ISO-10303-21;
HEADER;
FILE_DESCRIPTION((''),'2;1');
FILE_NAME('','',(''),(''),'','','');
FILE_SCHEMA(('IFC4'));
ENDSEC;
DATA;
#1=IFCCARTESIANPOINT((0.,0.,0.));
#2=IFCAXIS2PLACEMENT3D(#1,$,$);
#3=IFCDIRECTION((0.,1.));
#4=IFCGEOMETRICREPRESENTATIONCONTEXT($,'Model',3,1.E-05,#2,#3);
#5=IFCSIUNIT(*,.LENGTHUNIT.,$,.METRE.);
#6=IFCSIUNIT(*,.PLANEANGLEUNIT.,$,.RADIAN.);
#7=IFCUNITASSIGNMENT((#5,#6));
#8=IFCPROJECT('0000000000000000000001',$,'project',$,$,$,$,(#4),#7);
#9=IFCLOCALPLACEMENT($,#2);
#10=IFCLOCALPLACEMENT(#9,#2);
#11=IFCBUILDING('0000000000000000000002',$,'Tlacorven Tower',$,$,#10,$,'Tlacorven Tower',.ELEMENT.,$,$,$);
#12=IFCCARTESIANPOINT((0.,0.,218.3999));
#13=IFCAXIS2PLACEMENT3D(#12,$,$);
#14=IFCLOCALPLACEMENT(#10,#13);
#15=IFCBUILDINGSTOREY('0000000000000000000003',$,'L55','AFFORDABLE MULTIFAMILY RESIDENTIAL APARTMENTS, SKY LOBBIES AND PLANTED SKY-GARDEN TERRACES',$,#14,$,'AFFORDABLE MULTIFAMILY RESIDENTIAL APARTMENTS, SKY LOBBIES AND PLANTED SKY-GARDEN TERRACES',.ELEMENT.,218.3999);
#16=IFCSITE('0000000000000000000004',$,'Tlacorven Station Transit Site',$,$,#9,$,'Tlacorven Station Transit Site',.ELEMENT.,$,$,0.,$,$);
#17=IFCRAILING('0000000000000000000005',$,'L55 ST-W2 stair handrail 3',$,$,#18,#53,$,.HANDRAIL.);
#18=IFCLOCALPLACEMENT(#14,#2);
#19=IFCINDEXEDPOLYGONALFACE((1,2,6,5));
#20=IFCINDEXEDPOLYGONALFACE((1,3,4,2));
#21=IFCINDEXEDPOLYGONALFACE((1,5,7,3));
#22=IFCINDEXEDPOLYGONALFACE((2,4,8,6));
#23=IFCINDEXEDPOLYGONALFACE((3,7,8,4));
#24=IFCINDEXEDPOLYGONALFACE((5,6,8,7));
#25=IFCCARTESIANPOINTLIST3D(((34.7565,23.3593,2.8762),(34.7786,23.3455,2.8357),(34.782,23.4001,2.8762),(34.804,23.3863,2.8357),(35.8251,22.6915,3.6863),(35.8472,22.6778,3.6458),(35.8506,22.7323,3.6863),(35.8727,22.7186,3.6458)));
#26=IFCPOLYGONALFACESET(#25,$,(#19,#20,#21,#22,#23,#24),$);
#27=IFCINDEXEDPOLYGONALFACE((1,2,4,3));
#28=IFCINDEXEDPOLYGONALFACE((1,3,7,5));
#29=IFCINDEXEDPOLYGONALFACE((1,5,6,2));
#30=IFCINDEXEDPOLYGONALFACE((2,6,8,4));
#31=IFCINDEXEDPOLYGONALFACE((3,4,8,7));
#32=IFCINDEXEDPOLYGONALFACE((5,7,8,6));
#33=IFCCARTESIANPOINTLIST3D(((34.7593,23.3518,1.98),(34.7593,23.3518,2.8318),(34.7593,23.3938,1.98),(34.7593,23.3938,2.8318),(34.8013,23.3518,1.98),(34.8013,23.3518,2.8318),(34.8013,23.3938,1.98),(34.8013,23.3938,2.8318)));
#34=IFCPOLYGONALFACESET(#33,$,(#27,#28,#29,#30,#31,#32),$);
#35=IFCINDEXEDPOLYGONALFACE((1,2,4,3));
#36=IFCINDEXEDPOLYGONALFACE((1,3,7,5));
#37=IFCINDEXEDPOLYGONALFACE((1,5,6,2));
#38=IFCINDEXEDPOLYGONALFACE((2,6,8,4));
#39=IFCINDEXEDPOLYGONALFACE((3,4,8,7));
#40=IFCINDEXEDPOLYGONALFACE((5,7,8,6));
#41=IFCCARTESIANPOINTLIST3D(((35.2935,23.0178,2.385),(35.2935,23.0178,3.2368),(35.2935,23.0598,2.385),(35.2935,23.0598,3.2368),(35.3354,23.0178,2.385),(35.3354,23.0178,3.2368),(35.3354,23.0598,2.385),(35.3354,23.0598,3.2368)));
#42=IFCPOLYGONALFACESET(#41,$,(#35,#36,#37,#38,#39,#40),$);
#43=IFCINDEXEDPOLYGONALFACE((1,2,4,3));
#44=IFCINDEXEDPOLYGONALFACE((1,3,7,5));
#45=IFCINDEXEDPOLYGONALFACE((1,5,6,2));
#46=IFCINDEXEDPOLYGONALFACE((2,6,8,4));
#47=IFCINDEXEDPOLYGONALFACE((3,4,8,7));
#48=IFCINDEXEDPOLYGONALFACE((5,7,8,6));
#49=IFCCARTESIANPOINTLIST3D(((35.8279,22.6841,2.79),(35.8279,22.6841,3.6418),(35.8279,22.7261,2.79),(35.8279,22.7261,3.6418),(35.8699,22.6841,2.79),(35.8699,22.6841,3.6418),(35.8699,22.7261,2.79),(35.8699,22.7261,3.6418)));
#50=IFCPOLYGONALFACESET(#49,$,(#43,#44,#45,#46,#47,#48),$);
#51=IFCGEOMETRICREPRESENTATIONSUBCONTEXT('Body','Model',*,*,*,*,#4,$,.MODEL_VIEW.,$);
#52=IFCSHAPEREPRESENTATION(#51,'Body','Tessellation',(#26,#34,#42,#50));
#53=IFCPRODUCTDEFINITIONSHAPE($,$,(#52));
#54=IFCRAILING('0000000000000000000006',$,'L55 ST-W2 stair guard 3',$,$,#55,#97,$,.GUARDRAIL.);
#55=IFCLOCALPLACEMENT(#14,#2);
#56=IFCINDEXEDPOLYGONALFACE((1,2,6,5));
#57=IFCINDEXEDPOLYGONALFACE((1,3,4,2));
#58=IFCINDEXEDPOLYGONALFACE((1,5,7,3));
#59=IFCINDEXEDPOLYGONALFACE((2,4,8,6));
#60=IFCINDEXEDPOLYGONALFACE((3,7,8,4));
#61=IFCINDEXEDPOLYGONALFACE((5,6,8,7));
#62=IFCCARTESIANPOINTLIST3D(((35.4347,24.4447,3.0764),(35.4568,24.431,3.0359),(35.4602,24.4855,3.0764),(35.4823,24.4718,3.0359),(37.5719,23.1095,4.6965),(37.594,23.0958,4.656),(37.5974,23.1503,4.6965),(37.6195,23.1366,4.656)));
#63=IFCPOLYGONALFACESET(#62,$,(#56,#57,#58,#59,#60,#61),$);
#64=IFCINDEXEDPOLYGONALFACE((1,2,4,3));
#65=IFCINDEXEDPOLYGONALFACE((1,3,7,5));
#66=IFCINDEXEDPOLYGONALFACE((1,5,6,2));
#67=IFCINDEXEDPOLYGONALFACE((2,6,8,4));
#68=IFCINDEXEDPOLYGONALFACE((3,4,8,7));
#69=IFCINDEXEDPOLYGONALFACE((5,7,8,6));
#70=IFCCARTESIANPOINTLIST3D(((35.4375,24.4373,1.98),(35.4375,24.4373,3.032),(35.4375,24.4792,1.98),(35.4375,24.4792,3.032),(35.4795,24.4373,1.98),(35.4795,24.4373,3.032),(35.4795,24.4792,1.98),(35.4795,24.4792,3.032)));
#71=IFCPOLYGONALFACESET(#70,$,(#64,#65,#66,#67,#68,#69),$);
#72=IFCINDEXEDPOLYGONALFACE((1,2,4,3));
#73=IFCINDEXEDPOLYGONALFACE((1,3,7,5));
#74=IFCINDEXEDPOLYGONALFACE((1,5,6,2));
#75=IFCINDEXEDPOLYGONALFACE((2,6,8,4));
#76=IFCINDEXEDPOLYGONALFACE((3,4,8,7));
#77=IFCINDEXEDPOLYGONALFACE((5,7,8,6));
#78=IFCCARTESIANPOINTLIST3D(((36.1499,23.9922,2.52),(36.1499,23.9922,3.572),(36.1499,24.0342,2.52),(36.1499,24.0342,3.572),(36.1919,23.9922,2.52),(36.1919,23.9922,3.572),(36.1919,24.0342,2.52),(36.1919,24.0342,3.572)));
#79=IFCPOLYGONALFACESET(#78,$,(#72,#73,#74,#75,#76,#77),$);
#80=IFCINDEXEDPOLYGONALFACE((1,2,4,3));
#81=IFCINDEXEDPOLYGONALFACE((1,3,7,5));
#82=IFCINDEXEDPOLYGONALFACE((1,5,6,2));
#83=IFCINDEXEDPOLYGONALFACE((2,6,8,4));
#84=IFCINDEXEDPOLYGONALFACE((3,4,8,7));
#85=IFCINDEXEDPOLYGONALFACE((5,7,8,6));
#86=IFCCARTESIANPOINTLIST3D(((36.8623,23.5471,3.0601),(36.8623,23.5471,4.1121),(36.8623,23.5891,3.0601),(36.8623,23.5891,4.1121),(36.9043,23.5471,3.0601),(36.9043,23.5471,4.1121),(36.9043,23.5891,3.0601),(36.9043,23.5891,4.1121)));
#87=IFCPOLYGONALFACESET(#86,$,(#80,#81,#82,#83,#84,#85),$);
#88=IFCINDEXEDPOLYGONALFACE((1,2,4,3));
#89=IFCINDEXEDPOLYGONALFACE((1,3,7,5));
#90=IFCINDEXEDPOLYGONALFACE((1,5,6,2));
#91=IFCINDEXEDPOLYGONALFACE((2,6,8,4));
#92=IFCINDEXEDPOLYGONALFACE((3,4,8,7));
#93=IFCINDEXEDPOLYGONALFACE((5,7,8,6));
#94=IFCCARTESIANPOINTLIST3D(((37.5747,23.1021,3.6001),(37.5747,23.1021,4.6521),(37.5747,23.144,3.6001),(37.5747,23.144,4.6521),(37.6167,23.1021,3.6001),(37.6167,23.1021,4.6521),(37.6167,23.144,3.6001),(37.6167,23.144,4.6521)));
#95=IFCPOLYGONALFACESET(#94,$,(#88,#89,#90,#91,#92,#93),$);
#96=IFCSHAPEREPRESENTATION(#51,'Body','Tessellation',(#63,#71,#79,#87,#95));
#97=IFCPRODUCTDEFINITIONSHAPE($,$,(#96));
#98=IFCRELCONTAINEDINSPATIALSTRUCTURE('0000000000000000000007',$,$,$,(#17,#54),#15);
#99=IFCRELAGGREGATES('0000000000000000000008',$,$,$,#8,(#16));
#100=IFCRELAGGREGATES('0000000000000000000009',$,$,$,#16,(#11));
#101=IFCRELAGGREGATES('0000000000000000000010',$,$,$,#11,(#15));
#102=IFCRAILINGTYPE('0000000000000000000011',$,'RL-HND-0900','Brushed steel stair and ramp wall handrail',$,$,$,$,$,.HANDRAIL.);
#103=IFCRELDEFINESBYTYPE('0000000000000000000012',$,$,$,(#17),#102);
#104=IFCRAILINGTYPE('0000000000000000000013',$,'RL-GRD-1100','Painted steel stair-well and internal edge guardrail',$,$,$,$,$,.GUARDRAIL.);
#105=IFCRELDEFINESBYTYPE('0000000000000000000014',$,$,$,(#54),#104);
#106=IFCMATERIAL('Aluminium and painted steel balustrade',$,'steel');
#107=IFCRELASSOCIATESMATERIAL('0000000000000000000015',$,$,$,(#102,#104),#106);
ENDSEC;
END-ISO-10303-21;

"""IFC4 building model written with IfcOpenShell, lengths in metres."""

from ifc_helpers import new_model, si_unit, direction, frame, origin, origin_2d, place, context, subcontext, project, spatial, rectangle, extrude, source, transform, mapped, material, type_object, element, save


model = new_model("IFC4")

# Units and contexts
model_context = context("Model", 3, precision=1e-05, world=origin(), true_north=direction((0.0, 1.0)))
body_context = subcontext(model_context, "Body", "Model", "MODEL_VIEW")
ifc_project = project(units=[si_unit("LENGTHUNIT", "METRE"), si_unit("PLANEANGLEUNIT", "RADIAN")], contexts=[model_context])

# Site, building, storey
site_placement = place(None, origin())
site = spatial("IfcSite", under=ifc_project, at=site_placement, Name="Tlacorven Station Transit Site", LongName="Tlacorven Station Transit Site", CompositionType="ELEMENT", RefElevation=0.0)
building_placement = place(site_placement, origin())
building = spatial("IfcBuilding", under=site, at=building_placement, Name="Tlacorven Tower", LongName="Tlacorven Tower", CompositionType="ELEMENT")
storey_placement = place(building_placement, frame((0.0, 0.0, 218.3999)))
storey = spatial("IfcBuildingStorey", under=building, at=storey_placement, Name="L55", Description="AFFORDABLE MULTIFAMILY RESIDENTIAL APARTMENTS, SKY LOBBIES AND PLANTED SKY-GARDEN TERRACES", LongName="AFFORDABLE MULTIFAMILY RESIDENTIAL APARTMENTS, SKY LOBBIES AND PLANTED SKY-GARDEN TERRACES", CompositionType="ELEMENT", Elevation=218.3999)

# Railings
ifc_material_1 = material(Name="Aluminium and painted steel balustrade", Category="steel")
railing_type_1 = type_object("IfcRailingType", Name="RL-HND-0900", Description="Brushed steel stair and ramp wall handrail", PredefinedType="HANDRAIL", material=ifc_material_1)
shared_shape_1 = source(origin(), body_context, "Body", "SweptSolid", [
    extrude(rectangle(XDim=0.0481, YDim=0.0481, at=origin_2d()), frame((0.0, 0.0, 0.876), z_axis=(0.71336, -0.445748, 0.540765), x_axis=(0.529912, 0.848053, 0.0)), (0.0, 0.0, 1.0), 1.498),
    extrude(rectangle(XDim=0.042, YDim=0.042, at=origin_2d()), origin(), (0.0, 0.0, 1.0), 0.8518),
    extrude(rectangle(XDim=0.042, YDim=0.042, at=origin_2d()), frame((0.5342, -0.334, 0.405)), (0.0, 0.0, 1.0), 0.8518),
    extrude(rectangle(XDim=0.042, YDim=0.042, at=origin_2d()), frame((1.0686, -0.6677, 0.8101)), (0.0, 0.0, 1.0), 0.8518),
])
railing_1_placement = place(storey_placement, frame((34.7803, 23.3728, 1.98)))
element("IfcRailing", 1, at=railing_1_placement, inside=storey, type_object=railing_type_1, Name="L55 ST-W2 stair handrail 3", PredefinedType="HANDRAIL", context=body_context, shape_type="MappedRepresentation", body=[
    mapped(shared_shape_1, transform((0.0, 0.0, 0.0), scale=1.0)),
])
railing_type_2 = type_object("IfcRailingType", Name="RL-GRD-1100", Description="Painted steel stair-well and internal edge guardrail", PredefinedType="GUARDRAIL", material=ifc_material_1)
shared_shape_2 = source(origin(), body_context, "Body", "SweptSolid", [
    extrude(rectangle(XDim=0.0481, YDim=0.0481, at=origin_2d()), frame((0.0, 0.0, 1.0762), z_axis=(0.713386, -0.445683, 0.540784), x_axis=(0.529842, 0.848096, 0.0)), (0.0, 0.0, 1.0), 2.9958),
    extrude(rectangle(XDim=0.042, YDim=0.042, at=origin_2d()), origin(), (0.0, 0.0, 1.0), 1.052),
    extrude(rectangle(XDim=0.042, YDim=0.042, at=origin_2d()), frame((0.7124, -0.4451, 0.54)), (0.0, 0.0, 1.0), 1.052),
    extrude(rectangle(XDim=0.042, YDim=0.042, at=origin_2d()), frame((1.4248, -0.8901, 1.0801)), (0.0, 0.0, 1.0), 1.052),
    extrude(rectangle(XDim=0.042, YDim=0.042, at=origin_2d()), frame((2.1372, -1.3352, 1.6201)), (0.0, 0.0, 1.0), 1.052),
])
railing_2_placement = place(storey_placement, frame((35.4585, 24.4583, 1.98)))
element("IfcRailing", 2, at=railing_2_placement, inside=storey, type_object=railing_type_2, Name="L55 ST-W2 stair guard 3", PredefinedType="GUARDRAIL", context=body_context, shape_type="MappedRepresentation", body=[
    mapped(shared_shape_2, transform((0.0, 0.0, 0.0), scale=1.0)),
])

save(model, "model.ifc")
